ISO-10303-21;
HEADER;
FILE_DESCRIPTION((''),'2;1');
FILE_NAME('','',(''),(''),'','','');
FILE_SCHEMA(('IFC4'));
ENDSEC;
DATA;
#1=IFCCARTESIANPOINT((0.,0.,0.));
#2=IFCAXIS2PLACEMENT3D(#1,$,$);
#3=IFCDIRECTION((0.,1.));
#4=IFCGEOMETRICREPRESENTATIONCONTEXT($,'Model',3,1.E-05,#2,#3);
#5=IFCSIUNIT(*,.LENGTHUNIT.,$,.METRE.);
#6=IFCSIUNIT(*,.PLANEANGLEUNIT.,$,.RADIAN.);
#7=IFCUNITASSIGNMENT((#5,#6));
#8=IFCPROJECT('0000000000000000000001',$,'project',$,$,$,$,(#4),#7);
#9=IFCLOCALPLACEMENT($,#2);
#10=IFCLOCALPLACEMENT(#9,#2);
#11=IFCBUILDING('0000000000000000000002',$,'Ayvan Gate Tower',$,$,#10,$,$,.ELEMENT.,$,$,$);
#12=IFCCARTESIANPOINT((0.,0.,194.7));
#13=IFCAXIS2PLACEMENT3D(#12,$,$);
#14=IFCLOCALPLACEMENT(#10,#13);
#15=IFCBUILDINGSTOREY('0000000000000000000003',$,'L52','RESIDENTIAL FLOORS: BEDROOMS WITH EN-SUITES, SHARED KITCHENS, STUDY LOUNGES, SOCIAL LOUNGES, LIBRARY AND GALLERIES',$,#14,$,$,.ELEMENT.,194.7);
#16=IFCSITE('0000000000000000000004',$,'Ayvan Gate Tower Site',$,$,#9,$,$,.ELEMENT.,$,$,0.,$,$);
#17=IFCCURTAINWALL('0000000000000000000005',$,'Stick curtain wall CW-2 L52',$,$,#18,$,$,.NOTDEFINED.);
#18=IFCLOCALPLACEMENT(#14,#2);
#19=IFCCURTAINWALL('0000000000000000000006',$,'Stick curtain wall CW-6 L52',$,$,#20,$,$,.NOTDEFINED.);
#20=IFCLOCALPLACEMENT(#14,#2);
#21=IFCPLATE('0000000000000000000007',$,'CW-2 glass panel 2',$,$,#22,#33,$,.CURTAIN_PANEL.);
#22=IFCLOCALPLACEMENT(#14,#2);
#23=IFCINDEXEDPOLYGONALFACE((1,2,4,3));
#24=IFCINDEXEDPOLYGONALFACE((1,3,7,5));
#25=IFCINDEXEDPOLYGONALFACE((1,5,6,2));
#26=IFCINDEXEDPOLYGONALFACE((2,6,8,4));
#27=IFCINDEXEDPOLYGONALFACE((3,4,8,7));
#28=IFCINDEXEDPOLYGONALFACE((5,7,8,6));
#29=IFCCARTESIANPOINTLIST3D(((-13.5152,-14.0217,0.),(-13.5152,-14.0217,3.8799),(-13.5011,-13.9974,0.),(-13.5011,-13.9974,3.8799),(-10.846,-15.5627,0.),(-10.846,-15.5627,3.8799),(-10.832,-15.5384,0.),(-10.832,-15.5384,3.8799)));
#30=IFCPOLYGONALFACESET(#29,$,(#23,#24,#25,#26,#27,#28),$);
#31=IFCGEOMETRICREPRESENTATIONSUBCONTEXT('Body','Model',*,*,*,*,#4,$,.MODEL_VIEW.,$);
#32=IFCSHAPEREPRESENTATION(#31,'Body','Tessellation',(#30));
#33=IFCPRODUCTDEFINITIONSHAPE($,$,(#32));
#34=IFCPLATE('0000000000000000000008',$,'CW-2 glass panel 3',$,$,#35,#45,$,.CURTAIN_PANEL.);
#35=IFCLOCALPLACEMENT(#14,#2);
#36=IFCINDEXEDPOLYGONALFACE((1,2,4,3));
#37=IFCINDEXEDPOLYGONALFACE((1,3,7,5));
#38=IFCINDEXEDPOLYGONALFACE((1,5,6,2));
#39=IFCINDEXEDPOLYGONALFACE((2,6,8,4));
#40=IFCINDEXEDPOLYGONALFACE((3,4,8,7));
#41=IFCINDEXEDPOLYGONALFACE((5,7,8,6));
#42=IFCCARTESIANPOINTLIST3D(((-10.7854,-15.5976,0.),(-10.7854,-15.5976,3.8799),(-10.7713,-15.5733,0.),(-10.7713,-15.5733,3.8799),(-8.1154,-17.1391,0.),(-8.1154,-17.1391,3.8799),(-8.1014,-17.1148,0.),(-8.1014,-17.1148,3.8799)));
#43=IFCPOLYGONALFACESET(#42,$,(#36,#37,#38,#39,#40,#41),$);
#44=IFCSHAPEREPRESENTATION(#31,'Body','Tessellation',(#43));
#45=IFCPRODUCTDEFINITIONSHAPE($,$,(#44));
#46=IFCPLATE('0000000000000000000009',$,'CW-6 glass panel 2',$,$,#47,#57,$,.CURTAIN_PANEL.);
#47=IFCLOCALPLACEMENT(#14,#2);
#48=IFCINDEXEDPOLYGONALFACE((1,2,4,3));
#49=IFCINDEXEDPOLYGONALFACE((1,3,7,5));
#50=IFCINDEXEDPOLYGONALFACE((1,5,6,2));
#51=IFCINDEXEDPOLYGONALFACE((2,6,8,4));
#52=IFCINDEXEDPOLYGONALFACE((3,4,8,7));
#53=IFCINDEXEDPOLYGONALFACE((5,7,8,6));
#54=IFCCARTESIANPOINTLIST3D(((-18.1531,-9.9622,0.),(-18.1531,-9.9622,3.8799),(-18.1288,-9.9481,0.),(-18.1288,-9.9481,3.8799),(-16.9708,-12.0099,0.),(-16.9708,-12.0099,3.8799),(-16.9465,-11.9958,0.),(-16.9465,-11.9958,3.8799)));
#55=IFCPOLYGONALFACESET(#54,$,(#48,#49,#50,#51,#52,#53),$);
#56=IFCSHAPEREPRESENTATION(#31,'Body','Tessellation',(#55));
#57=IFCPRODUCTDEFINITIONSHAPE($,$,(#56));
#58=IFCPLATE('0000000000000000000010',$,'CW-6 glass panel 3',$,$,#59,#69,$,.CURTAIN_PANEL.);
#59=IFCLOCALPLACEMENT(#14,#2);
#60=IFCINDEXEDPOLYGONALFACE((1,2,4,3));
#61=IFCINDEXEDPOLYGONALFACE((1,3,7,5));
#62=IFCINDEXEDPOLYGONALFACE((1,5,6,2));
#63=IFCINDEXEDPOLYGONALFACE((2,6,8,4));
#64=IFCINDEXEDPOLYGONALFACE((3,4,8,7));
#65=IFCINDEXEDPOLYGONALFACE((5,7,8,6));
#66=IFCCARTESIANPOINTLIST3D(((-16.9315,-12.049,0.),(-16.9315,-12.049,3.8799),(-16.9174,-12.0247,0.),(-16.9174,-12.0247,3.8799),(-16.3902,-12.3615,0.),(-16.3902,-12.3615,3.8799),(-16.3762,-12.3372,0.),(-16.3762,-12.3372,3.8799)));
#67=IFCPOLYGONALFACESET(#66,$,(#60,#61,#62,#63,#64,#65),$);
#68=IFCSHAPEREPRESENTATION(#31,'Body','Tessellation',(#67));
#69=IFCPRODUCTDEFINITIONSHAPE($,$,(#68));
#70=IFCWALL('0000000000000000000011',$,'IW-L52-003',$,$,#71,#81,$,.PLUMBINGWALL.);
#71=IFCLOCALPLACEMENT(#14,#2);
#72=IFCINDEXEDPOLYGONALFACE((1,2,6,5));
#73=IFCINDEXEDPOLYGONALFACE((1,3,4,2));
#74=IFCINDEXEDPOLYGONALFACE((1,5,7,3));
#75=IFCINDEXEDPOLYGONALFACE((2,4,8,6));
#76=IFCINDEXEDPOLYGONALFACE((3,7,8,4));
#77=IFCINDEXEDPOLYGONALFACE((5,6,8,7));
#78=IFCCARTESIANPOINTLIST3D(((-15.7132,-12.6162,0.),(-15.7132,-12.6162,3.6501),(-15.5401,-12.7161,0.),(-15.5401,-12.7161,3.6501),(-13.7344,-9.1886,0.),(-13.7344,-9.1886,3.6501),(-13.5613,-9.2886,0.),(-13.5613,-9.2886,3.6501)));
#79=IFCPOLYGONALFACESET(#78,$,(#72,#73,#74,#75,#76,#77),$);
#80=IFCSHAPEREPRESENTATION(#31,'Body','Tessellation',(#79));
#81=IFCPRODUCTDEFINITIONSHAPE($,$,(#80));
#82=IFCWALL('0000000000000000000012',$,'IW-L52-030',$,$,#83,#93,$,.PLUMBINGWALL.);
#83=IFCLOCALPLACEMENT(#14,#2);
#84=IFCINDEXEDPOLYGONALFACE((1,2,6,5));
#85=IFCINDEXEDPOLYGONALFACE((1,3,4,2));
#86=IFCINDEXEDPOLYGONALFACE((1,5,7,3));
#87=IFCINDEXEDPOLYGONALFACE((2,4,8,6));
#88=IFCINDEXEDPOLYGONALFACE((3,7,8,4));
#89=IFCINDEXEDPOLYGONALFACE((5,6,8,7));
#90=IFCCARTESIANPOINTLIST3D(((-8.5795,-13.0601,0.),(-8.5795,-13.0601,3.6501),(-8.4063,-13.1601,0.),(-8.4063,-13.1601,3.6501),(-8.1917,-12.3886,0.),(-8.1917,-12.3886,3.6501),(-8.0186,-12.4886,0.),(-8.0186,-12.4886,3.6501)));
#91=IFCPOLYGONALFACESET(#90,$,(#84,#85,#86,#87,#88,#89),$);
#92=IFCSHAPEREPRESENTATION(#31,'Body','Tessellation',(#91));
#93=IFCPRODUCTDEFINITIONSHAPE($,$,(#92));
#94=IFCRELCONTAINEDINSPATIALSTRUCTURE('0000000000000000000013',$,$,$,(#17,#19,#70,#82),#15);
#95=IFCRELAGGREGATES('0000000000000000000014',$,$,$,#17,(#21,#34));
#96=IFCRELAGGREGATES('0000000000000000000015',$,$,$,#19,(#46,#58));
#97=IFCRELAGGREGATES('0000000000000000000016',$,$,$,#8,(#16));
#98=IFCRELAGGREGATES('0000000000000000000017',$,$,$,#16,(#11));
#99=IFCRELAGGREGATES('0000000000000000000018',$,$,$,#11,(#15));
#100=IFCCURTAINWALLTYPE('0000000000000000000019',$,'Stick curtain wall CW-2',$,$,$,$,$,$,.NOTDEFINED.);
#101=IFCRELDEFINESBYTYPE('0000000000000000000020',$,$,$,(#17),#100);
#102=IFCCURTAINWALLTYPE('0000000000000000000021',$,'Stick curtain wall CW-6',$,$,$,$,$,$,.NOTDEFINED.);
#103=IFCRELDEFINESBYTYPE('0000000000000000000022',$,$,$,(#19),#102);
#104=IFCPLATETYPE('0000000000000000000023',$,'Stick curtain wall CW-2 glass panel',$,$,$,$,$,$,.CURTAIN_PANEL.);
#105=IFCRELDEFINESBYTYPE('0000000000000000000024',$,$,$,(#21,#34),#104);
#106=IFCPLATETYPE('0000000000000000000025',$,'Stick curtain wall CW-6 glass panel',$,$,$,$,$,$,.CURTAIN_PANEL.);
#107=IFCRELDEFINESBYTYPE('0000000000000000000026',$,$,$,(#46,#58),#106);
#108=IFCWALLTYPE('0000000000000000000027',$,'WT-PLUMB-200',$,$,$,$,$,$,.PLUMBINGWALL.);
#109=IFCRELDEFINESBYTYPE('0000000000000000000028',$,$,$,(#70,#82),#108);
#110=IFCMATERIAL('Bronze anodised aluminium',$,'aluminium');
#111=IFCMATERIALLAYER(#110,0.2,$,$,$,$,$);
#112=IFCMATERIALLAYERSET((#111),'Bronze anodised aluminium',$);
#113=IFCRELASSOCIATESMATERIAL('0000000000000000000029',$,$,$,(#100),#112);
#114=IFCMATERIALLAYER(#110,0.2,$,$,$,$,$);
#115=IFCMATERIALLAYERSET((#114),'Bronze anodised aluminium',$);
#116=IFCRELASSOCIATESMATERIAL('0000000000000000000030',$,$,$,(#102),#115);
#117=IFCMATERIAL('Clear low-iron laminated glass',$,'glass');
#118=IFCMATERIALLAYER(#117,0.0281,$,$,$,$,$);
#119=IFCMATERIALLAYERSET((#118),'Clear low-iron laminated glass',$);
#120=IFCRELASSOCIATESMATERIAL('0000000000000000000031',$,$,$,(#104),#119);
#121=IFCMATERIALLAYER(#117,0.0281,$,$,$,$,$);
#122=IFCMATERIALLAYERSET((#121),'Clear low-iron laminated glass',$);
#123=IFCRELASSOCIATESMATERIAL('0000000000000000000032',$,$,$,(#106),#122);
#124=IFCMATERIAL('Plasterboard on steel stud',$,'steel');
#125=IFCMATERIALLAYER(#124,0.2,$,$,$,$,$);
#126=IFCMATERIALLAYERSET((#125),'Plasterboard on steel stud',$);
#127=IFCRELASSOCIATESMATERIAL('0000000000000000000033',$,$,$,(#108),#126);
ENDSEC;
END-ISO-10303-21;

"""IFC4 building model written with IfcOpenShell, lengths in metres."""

from ifc_helpers import new_model, si_unit, direction, frame, frame_2d, origin, origin_2d, place, context, subcontext, project, spatial, rectangle, extrude, material, layer, layer_set, type_object, element, aggregate, save


model = new_model("IFC4")

# Units and contexts
model_context = context("Model", 3, precision=1e-05, world=origin(), true_north=direction((0.0, 1.0)))
body_context = subcontext(model_context, "Body", "Model", "MODEL_VIEW")
ifc_project = project(units=[si_unit("LENGTHUNIT", "METRE"), si_unit("PLANEANGLEUNIT", "RADIAN")], contexts=[model_context])

# Site, building, storey
site_placement = place(None, origin())
site = spatial("IfcSite", under=ifc_project, at=site_placement, Name="Ayvan Gate Tower Site", CompositionType="ELEMENT", RefElevation=0.0)
building_placement = place(site_placement, origin())
building = spatial("IfcBuilding", under=site, at=building_placement, Name="Ayvan Gate Tower", CompositionType="ELEMENT")
storey_placement = place(building_placement, frame((0.0, 0.0, 194.7)))
storey = spatial("IfcBuildingStorey", under=building, at=storey_placement, Name="L52", Description="RESIDENTIAL FLOORS: BEDROOMS WITH EN-SUITES, SHARED KITCHENS, STUDY LOUNGES, SOCIAL LOUNGES, LIBRARY AND GALLERIES", CompositionType="ELEMENT", Elevation=194.7)

# Curtain walls
ifc_material_1 = material(Name="Bronze anodised aluminium", Category="aluminium")
ifc_layer_1 = layer(ifc_material_1, 0.2)
ifc_layer_set_1 = layer_set([ifc_layer_1], Name="Bronze anodised aluminium")
curtain_wall_type_1 = type_object("IfcCurtainWallType", Name="Stick curtain wall CW-2", PredefinedType="NOTDEFINED", material=ifc_layer_set_1)
curtain_wall_1_placement = place(storey_placement, origin())
curtain_wall_1 = element("IfcCurtainWall", 1, at=curtain_wall_1_placement, inside=storey, type_object=curtain_wall_type_1, Name="Stick curtain wall CW-2 L52", PredefinedType="NOTDEFINED")
ifc_layer_2 = layer(ifc_material_1, 0.2)
ifc_layer_set_2 = layer_set([ifc_layer_2], Name="Bronze anodised aluminium")
curtain_wall_type_2 = type_object("IfcCurtainWallType", Name="Stick curtain wall CW-6", PredefinedType="NOTDEFINED", material=ifc_layer_set_2)
curtain_wall_2_placement = place(storey_placement, origin())
curtain_wall_2 = element("IfcCurtainWall", 2, at=curtain_wall_2_placement, inside=storey, type_object=curtain_wall_type_2, Name="Stick curtain wall CW-6 L52", PredefinedType="NOTDEFINED")

# Plates
ifc_material_2 = material(Name="Clear low-iron laminated glass", Category="glass")
ifc_layer_3 = layer(ifc_material_2, 0.0281)
ifc_layer_set_3 = layer_set([ifc_layer_3], Name="Clear low-iron laminated glass")
plate_type_1 = type_object("IfcPlateType", Name="Stick curtain wall CW-2 glass panel", PredefinedType="CURTAIN_PANEL", material=ifc_layer_set_3)
plate_1_placement = place(storey_placement, frame((-12.1736, -14.78, 0.0), z_axis=(0.0, 0.0, 1.0), x_axis=(0.866025, -0.5, 0.0)))
plate_1 = element("IfcPlate", 3, at=plate_1_placement, type_object=plate_type_1, Name="CW-2 glass panel 2", PredefinedType="CURTAIN_PANEL", context=body_context, shape_type="SweptSolid", body=[
    extrude(rectangle(XDim=3.082, YDim=0.0281, at=origin_2d()), origin(), (0.0, 0.0, 1.0), 3.8799),
])
plate_2_placement = place(storey_placement, frame((-9.4434, -16.3562, 0.0), z_axis=(0.0, 0.0, 1.0), x_axis=(0.866025, -0.5, 0.0)))
plate_2 = element("IfcPlate", 4, at=plate_2_placement, type_object=plate_type_1, Name="CW-2 glass panel 3", PredefinedType="CURTAIN_PANEL", context=body_context, shape_type="SweptSolid", body=[
    extrude(rectangle(XDim=3.083, YDim=0.0281, at=origin_2d()), origin(), (0.0, 0.0, 1.0), 3.8799),
])
aggregate(curtain_wall_1, [plate_1, plate_2])
ifc_layer_4 = layer(ifc_material_2, 0.0281)
ifc_layer_set_4 = layer_set([ifc_layer_4], Name="Clear low-iron laminated glass")
plate_type_2 = type_object("IfcPlateType", Name="Stick curtain wall CW-6 glass panel", PredefinedType="CURTAIN_PANEL", material=ifc_layer_set_4)
plate_3_placement = place(storey_placement, frame((-17.5498, -10.979, 0.0), z_axis=(0.0, 0.0, 1.0), x_axis=(0.5, -0.866025, 0.0)))
plate_3 = element("IfcPlate", 5, at=plate_3_placement, type_object=plate_type_2, Name="CW-6 glass panel 2", PredefinedType="CURTAIN_PANEL", context=body_context, shape_type="SweptSolid", body=[
    extrude(rectangle(XDim=2.3645, YDim=0.0281, at=origin_2d()), origin(), (0.0, 0.0, 1.0), 3.8799),
])
plate_4_placement = place(storey_placement, frame((-16.6538, -12.1931, 0.0), z_axis=(0.0, 0.0, 1.0), x_axis=(0.866025, -0.5, 0.0)))
plate_4 = element("IfcPlate", 6, at=plate_4_placement, type_object=plate_type_2, Name="CW-6 glass panel 3", PredefinedType="CURTAIN_PANEL", context=body_context, shape_type="SweptSolid", body=[
    extrude(rectangle(XDim=0.625, YDim=0.0281, at=origin_2d()), origin(), (0.0, 0.0, 1.0), 3.8799),
])
aggregate(curtain_wall_2, [plate_3, plate_4])

# Walls
ifc_material_3 = material(Name="Plasterboard on steel stud", Category="steel")
ifc_layer_5 = layer(ifc_material_3, 0.2)
ifc_layer_set_5 = layer_set([ifc_layer_5], Name="Plasterboard on steel stud")
wall_type = type_object("IfcWallType", Name="WT-PLUMB-200", PredefinedType="PLUMBINGWALL", material=ifc_layer_set_5)
wall_1_placement = place(storey_placement, frame((-15.6267, -12.6663, 0.0), z_axis=(0.0, 0.0, 1.0), x_axis=(0.499981, 0.866037, 0.0)))
element("IfcWall", 7, at=wall_1_placement, inside=storey, type_object=wall_type, Name="IW-L52-003", PredefinedType="PLUMBINGWALL", context=body_context, shape_type="SweptSolid", body=[
    extrude(rectangle(XDim=3.9578, YDim=0.2, at=frame_2d((1.979, 0.0))), origin(), (0.0, 0.0, 1.0), 3.6501),
])
wall_2_placement = place(storey_placement, frame((-8.4929, -13.1101, 0.0), z_axis=(0.0, 0.0, 1.0), x_axis=(0.500068, 0.865986, 0.0)))
element("IfcWall", 8, at=wall_2_placement, inside=storey, type_object=wall_type, Name="IW-L52-030", PredefinedType="PLUMBINGWALL", context=body_context, shape_type="SweptSolid", body=[
    extrude(rectangle(XDim=0.7754, YDim=0.2, at=frame_2d((0.3877, 0.0))), origin(), (0.0, 0.0, 1.0), 3.6501),
])

save(model, "model.ifc")
